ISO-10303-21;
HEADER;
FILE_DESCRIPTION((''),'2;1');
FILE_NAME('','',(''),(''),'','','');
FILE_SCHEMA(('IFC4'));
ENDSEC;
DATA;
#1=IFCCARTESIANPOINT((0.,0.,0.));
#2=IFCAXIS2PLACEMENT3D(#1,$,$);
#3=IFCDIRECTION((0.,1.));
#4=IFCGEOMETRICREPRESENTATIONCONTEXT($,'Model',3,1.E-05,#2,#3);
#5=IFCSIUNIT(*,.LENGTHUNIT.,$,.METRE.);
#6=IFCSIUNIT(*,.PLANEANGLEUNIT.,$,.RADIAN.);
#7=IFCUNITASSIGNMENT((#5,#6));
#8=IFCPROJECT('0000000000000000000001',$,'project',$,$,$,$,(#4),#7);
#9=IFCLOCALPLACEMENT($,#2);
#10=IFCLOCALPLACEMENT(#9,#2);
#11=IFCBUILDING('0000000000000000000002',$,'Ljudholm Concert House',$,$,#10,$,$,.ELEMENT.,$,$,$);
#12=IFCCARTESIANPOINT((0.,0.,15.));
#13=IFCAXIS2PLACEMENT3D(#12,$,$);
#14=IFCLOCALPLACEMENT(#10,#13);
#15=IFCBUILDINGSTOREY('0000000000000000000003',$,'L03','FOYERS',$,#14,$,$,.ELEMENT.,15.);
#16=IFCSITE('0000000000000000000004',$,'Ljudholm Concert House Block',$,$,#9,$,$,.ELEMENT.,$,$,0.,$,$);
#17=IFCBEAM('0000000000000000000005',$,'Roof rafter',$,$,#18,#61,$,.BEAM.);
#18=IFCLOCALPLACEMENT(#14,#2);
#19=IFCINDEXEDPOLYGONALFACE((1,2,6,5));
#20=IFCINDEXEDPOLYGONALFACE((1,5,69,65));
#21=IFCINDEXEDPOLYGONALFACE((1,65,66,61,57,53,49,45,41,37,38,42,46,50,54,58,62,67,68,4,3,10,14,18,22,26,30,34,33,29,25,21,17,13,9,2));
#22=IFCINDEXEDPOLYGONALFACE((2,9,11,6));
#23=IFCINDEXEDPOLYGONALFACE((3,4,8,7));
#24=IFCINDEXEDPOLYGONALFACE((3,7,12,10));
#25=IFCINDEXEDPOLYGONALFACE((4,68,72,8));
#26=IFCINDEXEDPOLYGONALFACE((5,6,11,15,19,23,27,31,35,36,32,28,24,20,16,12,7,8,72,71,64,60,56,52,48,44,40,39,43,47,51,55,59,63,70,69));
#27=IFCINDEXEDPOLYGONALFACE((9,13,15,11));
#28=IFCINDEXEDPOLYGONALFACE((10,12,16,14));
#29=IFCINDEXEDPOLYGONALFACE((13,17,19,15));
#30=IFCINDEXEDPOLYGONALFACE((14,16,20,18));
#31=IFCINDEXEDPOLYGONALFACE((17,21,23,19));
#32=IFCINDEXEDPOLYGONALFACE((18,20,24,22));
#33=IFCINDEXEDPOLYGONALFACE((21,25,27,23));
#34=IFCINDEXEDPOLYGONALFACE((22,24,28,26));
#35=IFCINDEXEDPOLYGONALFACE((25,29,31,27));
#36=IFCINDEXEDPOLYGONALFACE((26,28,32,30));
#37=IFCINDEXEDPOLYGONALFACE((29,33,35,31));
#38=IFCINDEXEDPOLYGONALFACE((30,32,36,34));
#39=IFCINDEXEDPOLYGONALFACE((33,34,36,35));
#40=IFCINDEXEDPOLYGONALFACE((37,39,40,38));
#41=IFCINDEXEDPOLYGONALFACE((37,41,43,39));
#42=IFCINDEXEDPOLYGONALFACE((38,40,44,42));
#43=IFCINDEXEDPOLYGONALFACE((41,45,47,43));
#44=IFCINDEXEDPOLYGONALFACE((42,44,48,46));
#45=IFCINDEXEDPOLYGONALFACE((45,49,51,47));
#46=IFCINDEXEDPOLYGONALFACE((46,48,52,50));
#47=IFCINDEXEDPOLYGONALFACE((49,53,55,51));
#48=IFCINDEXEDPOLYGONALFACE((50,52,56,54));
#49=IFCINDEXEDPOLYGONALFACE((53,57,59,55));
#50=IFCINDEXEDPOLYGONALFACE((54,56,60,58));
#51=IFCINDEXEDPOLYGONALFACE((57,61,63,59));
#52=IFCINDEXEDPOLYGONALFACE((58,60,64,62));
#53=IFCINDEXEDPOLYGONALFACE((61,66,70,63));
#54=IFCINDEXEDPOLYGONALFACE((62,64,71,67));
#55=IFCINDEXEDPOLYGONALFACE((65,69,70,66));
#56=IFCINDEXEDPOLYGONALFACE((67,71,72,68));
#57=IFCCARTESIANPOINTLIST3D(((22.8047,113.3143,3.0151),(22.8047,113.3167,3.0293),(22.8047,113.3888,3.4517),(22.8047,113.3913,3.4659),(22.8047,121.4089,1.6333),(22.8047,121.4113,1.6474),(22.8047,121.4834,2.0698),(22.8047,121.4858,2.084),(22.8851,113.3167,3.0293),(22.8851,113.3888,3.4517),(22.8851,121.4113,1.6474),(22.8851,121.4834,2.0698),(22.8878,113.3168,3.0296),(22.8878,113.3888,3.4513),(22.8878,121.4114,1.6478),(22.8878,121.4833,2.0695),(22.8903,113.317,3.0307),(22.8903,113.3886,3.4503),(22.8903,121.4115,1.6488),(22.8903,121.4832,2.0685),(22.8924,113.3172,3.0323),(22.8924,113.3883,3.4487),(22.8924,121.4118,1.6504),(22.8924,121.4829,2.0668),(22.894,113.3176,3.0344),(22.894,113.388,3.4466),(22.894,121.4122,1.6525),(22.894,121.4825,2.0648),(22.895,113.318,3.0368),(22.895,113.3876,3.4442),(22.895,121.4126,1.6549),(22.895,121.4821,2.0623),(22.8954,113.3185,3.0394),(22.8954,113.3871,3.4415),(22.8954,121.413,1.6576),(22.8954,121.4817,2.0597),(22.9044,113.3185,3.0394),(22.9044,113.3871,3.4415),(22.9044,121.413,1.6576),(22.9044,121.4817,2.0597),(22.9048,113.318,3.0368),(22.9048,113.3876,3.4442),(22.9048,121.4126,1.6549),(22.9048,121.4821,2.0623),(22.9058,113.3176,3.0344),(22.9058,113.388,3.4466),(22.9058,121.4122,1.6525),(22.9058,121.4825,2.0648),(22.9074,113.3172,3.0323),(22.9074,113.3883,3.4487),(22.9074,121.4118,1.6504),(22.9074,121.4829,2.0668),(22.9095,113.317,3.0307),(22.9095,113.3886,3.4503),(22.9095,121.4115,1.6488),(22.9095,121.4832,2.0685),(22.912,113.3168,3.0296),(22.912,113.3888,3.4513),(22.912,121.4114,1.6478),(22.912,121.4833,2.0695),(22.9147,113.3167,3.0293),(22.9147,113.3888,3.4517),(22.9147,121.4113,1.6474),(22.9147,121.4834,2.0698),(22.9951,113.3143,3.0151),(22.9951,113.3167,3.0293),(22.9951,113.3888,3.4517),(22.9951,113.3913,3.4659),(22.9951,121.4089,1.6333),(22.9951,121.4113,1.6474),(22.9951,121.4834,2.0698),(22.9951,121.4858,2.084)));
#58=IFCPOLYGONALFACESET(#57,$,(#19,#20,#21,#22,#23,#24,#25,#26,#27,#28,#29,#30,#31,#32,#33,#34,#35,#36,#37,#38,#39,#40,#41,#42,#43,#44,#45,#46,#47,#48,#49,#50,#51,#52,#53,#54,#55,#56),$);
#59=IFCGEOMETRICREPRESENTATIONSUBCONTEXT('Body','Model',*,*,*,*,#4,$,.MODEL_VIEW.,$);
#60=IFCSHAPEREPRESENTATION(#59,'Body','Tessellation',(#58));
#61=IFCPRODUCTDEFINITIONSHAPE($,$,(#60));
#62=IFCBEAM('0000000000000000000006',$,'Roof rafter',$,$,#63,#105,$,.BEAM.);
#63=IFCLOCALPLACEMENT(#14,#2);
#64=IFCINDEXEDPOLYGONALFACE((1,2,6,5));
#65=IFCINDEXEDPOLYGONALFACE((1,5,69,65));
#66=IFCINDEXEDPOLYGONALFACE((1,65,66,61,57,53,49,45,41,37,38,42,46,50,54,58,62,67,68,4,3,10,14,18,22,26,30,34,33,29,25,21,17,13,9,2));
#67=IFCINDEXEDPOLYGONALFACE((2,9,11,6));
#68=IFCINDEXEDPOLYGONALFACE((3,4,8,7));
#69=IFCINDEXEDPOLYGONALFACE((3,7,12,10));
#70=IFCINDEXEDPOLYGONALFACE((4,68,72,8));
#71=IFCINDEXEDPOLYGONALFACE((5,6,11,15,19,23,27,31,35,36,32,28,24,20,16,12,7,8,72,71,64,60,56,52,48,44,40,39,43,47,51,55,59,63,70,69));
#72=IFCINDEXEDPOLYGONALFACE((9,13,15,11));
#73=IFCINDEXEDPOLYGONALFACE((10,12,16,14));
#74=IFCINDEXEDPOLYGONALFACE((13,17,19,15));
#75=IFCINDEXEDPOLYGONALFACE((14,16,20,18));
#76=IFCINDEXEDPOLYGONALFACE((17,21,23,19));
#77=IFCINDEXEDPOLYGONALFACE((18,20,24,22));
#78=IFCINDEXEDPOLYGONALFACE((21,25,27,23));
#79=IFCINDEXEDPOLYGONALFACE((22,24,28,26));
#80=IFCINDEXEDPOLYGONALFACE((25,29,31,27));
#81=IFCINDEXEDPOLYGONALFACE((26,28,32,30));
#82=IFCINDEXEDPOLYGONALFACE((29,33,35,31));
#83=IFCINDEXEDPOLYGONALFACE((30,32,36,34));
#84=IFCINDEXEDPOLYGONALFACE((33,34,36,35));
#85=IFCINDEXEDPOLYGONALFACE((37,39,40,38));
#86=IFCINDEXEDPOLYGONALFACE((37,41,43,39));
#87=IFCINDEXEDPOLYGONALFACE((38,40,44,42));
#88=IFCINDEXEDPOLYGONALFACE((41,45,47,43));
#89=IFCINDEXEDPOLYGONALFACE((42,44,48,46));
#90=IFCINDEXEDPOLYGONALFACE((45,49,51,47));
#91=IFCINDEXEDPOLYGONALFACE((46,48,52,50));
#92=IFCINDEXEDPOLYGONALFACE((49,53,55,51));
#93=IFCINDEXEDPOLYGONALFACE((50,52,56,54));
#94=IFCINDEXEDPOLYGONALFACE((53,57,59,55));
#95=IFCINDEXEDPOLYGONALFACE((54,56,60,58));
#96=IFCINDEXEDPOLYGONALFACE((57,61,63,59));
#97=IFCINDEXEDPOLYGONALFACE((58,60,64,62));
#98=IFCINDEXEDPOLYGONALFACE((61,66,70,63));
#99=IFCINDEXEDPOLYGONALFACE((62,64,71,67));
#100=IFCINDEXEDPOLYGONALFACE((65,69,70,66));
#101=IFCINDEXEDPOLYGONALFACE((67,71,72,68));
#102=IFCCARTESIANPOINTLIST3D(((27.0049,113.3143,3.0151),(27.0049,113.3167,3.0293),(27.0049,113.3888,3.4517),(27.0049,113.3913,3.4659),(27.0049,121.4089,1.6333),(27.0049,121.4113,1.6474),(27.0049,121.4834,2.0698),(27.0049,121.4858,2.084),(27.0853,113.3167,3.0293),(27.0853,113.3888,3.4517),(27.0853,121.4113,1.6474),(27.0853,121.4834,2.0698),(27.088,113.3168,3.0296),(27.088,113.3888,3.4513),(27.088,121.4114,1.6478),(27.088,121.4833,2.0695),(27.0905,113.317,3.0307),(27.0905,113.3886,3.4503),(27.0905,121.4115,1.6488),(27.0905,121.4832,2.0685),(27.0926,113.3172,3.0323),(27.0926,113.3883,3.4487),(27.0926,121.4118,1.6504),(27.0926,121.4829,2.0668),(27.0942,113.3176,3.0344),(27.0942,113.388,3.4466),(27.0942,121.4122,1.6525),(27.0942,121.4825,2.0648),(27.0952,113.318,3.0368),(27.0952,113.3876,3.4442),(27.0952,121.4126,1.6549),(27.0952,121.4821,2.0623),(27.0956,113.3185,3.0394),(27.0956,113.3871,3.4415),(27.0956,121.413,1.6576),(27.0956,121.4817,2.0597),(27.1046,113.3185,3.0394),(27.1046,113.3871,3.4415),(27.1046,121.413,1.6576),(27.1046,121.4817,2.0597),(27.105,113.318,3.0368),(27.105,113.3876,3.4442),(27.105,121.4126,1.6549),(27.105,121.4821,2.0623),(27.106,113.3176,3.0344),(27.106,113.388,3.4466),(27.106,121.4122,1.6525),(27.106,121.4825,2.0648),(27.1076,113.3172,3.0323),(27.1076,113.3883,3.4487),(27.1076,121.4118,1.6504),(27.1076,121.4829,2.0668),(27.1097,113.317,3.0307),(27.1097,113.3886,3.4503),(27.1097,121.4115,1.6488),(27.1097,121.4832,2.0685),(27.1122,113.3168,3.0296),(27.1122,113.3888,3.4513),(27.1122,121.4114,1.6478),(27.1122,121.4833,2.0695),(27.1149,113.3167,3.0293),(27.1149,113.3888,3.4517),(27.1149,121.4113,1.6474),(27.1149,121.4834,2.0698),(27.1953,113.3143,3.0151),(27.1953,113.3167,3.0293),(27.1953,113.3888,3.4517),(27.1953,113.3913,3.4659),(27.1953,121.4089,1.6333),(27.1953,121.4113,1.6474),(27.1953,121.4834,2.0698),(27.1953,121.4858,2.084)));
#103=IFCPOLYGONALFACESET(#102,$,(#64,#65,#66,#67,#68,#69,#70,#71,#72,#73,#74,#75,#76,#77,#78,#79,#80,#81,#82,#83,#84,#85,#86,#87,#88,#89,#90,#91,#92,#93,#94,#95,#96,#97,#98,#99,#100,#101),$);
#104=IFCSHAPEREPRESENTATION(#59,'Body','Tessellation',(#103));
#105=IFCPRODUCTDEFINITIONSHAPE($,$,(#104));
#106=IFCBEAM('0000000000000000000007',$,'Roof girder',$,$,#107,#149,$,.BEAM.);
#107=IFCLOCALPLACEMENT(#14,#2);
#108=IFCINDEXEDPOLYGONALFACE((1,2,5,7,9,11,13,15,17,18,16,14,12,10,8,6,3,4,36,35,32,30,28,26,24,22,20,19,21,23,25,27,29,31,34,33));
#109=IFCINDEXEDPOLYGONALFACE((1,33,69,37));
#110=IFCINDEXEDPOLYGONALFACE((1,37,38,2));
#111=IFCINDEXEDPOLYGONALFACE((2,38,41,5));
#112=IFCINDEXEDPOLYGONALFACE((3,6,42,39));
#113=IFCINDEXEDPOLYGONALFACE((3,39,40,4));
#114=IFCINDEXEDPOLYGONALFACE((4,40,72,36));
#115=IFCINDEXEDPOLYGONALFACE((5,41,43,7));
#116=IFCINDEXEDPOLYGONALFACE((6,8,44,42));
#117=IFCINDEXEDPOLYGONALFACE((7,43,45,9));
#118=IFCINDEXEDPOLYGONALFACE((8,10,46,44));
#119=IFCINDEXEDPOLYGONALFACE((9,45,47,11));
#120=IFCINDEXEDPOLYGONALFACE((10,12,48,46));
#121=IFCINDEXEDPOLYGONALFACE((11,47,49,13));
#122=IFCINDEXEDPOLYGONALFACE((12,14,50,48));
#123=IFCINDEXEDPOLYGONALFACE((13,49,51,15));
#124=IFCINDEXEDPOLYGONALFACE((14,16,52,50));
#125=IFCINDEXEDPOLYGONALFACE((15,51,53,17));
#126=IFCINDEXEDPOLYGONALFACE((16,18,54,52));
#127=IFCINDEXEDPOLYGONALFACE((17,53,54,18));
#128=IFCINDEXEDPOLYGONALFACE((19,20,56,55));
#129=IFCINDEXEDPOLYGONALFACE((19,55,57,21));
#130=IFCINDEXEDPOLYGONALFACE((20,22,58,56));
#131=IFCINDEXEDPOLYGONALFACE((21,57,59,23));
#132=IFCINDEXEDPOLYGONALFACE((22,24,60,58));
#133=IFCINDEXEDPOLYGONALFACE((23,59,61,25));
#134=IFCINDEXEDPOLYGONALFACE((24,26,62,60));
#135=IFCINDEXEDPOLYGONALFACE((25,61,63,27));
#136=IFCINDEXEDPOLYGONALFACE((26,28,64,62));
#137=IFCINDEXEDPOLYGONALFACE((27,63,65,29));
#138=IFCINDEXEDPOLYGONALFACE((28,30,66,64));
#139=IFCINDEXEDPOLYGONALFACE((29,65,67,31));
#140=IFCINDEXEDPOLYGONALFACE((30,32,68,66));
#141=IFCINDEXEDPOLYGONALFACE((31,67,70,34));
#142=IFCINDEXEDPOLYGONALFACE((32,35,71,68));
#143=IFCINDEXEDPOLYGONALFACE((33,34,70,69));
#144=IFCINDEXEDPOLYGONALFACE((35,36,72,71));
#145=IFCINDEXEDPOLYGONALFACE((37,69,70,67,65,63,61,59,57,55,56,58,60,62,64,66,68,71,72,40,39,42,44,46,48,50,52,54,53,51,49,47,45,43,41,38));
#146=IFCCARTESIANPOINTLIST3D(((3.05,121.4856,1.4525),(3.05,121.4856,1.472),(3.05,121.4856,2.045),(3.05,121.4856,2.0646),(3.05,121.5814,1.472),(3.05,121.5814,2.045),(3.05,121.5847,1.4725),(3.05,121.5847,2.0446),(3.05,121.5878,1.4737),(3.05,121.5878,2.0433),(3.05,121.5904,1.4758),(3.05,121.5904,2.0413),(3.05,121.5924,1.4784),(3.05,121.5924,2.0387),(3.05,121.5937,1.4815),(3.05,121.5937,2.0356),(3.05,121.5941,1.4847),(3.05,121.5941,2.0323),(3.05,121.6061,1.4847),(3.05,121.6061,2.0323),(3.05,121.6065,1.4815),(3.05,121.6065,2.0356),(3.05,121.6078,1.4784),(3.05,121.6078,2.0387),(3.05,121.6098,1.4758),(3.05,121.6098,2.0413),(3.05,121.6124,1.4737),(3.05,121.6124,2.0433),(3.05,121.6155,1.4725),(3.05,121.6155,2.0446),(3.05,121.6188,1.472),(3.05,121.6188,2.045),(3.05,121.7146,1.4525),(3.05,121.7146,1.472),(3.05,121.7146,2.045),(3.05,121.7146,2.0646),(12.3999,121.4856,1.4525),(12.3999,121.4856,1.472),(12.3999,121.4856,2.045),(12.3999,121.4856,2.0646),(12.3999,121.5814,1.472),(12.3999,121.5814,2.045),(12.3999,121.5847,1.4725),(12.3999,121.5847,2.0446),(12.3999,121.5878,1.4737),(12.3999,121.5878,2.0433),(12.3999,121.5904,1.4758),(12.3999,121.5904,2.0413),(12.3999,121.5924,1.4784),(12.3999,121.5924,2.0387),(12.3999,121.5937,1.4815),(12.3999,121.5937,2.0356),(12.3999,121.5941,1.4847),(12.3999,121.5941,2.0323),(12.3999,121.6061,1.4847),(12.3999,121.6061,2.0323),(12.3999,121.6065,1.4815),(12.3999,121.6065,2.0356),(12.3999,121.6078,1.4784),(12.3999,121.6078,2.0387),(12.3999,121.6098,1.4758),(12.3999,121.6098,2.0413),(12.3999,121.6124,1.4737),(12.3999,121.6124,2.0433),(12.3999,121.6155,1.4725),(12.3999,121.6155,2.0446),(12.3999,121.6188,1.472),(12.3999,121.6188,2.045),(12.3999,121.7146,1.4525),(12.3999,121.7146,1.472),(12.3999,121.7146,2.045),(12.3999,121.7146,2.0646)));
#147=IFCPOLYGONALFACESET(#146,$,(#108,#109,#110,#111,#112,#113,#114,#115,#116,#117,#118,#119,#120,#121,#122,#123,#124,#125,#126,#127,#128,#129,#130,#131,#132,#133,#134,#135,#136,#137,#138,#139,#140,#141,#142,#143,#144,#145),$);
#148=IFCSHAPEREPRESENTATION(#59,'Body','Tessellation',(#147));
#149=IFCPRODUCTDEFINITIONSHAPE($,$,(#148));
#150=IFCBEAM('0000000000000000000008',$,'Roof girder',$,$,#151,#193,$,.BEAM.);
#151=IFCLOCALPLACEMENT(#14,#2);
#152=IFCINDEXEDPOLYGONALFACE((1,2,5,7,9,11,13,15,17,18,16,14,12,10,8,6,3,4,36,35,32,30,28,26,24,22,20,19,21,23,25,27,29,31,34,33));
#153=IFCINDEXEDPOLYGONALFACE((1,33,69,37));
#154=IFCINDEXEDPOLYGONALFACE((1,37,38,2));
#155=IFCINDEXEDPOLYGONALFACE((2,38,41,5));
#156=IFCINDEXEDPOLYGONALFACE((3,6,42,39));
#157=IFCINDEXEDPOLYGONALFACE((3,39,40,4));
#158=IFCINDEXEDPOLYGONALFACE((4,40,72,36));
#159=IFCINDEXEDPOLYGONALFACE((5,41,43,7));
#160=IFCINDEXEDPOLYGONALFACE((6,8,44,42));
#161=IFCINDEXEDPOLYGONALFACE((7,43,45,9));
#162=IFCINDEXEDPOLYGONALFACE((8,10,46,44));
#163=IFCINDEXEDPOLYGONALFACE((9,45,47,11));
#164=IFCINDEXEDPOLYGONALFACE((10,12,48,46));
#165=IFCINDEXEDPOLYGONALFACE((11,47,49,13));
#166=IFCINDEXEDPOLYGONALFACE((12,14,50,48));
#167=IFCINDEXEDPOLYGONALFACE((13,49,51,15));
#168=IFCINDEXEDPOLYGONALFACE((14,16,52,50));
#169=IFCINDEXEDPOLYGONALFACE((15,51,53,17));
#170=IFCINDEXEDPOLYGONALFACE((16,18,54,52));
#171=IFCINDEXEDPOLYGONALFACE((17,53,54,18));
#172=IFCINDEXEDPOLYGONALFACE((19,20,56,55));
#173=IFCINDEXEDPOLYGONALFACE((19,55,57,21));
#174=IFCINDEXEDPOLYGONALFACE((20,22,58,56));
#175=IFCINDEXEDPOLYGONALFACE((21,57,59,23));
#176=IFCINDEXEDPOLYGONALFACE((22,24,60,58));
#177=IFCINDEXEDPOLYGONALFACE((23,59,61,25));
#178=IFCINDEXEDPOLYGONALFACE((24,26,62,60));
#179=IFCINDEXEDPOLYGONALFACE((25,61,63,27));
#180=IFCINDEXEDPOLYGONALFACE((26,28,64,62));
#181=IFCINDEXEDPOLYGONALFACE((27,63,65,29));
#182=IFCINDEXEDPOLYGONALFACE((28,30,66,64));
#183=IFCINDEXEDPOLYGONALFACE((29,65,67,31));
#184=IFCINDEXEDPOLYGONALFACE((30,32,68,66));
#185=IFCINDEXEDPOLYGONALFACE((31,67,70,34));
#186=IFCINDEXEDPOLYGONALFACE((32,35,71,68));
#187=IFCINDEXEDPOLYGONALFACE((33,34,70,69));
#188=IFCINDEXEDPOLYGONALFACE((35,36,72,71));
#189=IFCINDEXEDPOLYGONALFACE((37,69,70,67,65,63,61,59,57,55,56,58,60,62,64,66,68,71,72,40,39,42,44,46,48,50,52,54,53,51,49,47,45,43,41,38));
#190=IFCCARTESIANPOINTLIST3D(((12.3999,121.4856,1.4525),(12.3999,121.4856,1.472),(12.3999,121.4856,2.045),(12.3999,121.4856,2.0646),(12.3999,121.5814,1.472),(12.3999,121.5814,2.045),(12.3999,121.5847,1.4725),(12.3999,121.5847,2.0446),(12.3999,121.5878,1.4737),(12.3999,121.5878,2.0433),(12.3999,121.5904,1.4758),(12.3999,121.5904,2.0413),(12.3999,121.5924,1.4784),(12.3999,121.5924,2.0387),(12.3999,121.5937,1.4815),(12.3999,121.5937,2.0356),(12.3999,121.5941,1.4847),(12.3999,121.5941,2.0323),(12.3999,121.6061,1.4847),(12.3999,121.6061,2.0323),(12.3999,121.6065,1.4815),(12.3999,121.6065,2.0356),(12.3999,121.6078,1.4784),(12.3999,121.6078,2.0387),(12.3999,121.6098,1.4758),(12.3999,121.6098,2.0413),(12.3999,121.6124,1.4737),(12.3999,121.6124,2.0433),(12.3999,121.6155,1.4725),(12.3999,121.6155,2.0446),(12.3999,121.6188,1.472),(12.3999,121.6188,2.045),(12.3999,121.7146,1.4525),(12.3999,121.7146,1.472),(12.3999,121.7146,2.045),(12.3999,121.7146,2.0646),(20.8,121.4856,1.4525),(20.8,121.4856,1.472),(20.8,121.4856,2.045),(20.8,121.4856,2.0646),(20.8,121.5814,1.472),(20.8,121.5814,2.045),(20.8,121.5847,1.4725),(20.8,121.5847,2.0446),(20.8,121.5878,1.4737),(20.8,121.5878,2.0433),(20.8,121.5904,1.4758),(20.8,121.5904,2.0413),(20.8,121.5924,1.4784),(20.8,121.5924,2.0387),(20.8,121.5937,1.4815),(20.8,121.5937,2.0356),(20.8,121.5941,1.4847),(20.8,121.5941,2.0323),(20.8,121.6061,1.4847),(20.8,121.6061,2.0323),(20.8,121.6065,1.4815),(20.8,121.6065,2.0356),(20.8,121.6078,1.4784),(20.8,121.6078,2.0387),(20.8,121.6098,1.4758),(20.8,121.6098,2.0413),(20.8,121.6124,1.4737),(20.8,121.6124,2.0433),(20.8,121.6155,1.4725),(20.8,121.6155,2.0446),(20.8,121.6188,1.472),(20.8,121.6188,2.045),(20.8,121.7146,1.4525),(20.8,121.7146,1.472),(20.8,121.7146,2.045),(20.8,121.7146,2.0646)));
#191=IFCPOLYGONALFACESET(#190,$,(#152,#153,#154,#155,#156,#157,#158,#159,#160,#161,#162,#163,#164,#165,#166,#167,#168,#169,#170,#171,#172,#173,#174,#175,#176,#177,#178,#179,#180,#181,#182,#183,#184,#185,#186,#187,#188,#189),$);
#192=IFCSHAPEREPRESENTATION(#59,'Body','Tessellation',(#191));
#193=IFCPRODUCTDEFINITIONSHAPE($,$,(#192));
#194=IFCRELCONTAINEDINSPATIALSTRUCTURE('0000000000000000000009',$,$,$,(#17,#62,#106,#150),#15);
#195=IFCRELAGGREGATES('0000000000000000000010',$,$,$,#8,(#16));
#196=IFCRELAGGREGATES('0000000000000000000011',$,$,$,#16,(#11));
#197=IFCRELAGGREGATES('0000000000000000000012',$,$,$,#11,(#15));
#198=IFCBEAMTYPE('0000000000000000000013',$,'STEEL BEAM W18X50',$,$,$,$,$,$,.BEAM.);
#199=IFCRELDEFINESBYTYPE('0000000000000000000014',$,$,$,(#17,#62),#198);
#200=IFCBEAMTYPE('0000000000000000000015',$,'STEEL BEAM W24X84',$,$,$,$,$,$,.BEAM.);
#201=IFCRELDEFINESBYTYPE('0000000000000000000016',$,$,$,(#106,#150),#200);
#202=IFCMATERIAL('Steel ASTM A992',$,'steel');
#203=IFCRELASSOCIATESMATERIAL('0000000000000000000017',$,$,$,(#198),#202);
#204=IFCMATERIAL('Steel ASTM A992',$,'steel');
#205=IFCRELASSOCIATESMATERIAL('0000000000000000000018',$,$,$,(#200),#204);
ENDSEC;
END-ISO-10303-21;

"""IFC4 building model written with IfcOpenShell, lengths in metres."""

from ifc_helpers import new_model, si_unit, direction, frame, origin, origin_2d, place, context, subcontext, project, spatial, i_section, extrude, material, material_profile, profile_set, type_object, element, save


model = new_model("IFC4")

# Units and contexts
model_context = context("Model", 3, precision=1e-05, world=origin(), true_north=direction((0.0, 1.0)))
body_context = subcontext(model_context, "Body", "Model", "MODEL_VIEW")
ifc_project = project(units=[si_unit("LENGTHUNIT", "METRE"), si_unit("PLANEANGLEUNIT", "RADIAN")], contexts=[model_context])

# Site, building, storey
site_placement = place(None, origin())
site = spatial("IfcSite", under=ifc_project, at=site_placement, Name="Ljudholm Concert House Block", CompositionType="ELEMENT", RefElevation=0.0)
building_placement = place(site_placement, origin())
building = spatial("IfcBuilding", under=site, at=building_placement, Name="Ljudholm Concert House", CompositionType="ELEMENT")
storey_placement = place(building_placement, frame((0.0, 0.0, 15.0)))
storey = spatial("IfcBuildingStorey", under=building, at=storey_placement, Name="L03", Description="FOYERS", CompositionType="ELEMENT", Elevation=15.0)

# Beams
ifc_material_1 = material(Name="Steel ASTM A992", Category="steel")
ifc_material_profile_1 = material_profile(ifc_material_1, i_section(OverallWidth=0.1904, OverallDepth=0.4573, WebThickness=0.009, FlangeThickness=0.0144, FilletRadius=0.0103, at=origin_2d()), Name="W18X50")
ifc_profile_set_1 = profile_set([ifc_material_profile_1], Name="Steel ASTM A992")
beam_type_1 = type_object("IfcBeamType", Name="STEEL BEAM W18X50", PredefinedType="BEAM", material=ifc_profile_set_1)
for number, where, z_axis, x_axis, name in (
    (1, (22.8999, 113.3528, 3.2405), (0.0, 0.985739, -0.168279), (-1.0, 0.0, 0.0), "Roof rafter"),
    (2, (27.1001, 113.3528, 3.2405), (0.0, 0.985739, -0.168279), (-1.0, 0.0, 0.0), "Roof rafter"),
):
    element("IfcBeam", number, at=place(storey_placement, frame(where, z_axis=z_axis, x_axis=x_axis)), inside=storey, type_object=beam_type_1, Name=name, PredefinedType="BEAM", context=body_context, shape_type="SweptSolid", body=[
        extrude(i_section(OverallWidth=0.1904, OverallDepth=0.4573, WebThickness=0.009, FlangeThickness=0.0144, FilletRadius=0.0103, at=origin_2d()), origin(), (0.0, 0.0, 1.0), 8.2117),
    ])
ifc_material_2 = material(Name="Steel ASTM A992", Category="steel")
ifc_material_profile_2 = material_profile(ifc_material_2, i_section(OverallWidth=0.229, OverallDepth=0.6121, WebThickness=0.012, FlangeThickness=0.0195, FilletRadius=0.0127, at=origin_2d()), Name="W24X84")
ifc_profile_set_2 = profile_set([ifc_material_profile_2], Name="Steel ASTM A992")
beam_type_2 = type_object("IfcBeamType", Name="STEEL BEAM W24X84", PredefinedType="BEAM", material=ifc_profile_set_2)
beam_1_placement = place(storey_placement, frame((3.05, 121.6001, 1.7585), z_axis=(1.0, 0.0, 0.0), x_axis=(0.0, 1.0, 0.0)))
element("IfcBeam", 3, at=beam_1_placement, inside=storey, type_object=beam_type_2, Name="Roof girder", PredefinedType="BEAM", context=body_context, shape_type="SweptSolid", body=[
    extrude(i_section(OverallWidth=0.229, OverallDepth=0.6121, WebThickness=0.012, FlangeThickness=0.0195, FilletRadius=0.0127, at=origin_2d()), origin(), (0.0, 0.0, 1.0), 9.3499),
])
beam_2_placement = place(storey_placement, frame((12.3999, 121.6001, 1.7585), z_axis=(1.0, 0.0, 0.0), x_axis=(0.0, 1.0, 0.0)))
element("IfcBeam", 4, at=beam_2_placement, inside=storey, type_object=beam_type_2, Name="Roof girder", PredefinedType="BEAM", context=body_context, shape_type="SweptSolid", body=[
    extrude(i_section(OverallWidth=0.229, OverallDepth=0.6121, WebThickness=0.012, FlangeThickness=0.0195, FilletRadius=0.0127, at=origin_2d()), origin(), (0.0, 0.0, 1.0), 8.4001),
])

save(model, "model.ifc")
